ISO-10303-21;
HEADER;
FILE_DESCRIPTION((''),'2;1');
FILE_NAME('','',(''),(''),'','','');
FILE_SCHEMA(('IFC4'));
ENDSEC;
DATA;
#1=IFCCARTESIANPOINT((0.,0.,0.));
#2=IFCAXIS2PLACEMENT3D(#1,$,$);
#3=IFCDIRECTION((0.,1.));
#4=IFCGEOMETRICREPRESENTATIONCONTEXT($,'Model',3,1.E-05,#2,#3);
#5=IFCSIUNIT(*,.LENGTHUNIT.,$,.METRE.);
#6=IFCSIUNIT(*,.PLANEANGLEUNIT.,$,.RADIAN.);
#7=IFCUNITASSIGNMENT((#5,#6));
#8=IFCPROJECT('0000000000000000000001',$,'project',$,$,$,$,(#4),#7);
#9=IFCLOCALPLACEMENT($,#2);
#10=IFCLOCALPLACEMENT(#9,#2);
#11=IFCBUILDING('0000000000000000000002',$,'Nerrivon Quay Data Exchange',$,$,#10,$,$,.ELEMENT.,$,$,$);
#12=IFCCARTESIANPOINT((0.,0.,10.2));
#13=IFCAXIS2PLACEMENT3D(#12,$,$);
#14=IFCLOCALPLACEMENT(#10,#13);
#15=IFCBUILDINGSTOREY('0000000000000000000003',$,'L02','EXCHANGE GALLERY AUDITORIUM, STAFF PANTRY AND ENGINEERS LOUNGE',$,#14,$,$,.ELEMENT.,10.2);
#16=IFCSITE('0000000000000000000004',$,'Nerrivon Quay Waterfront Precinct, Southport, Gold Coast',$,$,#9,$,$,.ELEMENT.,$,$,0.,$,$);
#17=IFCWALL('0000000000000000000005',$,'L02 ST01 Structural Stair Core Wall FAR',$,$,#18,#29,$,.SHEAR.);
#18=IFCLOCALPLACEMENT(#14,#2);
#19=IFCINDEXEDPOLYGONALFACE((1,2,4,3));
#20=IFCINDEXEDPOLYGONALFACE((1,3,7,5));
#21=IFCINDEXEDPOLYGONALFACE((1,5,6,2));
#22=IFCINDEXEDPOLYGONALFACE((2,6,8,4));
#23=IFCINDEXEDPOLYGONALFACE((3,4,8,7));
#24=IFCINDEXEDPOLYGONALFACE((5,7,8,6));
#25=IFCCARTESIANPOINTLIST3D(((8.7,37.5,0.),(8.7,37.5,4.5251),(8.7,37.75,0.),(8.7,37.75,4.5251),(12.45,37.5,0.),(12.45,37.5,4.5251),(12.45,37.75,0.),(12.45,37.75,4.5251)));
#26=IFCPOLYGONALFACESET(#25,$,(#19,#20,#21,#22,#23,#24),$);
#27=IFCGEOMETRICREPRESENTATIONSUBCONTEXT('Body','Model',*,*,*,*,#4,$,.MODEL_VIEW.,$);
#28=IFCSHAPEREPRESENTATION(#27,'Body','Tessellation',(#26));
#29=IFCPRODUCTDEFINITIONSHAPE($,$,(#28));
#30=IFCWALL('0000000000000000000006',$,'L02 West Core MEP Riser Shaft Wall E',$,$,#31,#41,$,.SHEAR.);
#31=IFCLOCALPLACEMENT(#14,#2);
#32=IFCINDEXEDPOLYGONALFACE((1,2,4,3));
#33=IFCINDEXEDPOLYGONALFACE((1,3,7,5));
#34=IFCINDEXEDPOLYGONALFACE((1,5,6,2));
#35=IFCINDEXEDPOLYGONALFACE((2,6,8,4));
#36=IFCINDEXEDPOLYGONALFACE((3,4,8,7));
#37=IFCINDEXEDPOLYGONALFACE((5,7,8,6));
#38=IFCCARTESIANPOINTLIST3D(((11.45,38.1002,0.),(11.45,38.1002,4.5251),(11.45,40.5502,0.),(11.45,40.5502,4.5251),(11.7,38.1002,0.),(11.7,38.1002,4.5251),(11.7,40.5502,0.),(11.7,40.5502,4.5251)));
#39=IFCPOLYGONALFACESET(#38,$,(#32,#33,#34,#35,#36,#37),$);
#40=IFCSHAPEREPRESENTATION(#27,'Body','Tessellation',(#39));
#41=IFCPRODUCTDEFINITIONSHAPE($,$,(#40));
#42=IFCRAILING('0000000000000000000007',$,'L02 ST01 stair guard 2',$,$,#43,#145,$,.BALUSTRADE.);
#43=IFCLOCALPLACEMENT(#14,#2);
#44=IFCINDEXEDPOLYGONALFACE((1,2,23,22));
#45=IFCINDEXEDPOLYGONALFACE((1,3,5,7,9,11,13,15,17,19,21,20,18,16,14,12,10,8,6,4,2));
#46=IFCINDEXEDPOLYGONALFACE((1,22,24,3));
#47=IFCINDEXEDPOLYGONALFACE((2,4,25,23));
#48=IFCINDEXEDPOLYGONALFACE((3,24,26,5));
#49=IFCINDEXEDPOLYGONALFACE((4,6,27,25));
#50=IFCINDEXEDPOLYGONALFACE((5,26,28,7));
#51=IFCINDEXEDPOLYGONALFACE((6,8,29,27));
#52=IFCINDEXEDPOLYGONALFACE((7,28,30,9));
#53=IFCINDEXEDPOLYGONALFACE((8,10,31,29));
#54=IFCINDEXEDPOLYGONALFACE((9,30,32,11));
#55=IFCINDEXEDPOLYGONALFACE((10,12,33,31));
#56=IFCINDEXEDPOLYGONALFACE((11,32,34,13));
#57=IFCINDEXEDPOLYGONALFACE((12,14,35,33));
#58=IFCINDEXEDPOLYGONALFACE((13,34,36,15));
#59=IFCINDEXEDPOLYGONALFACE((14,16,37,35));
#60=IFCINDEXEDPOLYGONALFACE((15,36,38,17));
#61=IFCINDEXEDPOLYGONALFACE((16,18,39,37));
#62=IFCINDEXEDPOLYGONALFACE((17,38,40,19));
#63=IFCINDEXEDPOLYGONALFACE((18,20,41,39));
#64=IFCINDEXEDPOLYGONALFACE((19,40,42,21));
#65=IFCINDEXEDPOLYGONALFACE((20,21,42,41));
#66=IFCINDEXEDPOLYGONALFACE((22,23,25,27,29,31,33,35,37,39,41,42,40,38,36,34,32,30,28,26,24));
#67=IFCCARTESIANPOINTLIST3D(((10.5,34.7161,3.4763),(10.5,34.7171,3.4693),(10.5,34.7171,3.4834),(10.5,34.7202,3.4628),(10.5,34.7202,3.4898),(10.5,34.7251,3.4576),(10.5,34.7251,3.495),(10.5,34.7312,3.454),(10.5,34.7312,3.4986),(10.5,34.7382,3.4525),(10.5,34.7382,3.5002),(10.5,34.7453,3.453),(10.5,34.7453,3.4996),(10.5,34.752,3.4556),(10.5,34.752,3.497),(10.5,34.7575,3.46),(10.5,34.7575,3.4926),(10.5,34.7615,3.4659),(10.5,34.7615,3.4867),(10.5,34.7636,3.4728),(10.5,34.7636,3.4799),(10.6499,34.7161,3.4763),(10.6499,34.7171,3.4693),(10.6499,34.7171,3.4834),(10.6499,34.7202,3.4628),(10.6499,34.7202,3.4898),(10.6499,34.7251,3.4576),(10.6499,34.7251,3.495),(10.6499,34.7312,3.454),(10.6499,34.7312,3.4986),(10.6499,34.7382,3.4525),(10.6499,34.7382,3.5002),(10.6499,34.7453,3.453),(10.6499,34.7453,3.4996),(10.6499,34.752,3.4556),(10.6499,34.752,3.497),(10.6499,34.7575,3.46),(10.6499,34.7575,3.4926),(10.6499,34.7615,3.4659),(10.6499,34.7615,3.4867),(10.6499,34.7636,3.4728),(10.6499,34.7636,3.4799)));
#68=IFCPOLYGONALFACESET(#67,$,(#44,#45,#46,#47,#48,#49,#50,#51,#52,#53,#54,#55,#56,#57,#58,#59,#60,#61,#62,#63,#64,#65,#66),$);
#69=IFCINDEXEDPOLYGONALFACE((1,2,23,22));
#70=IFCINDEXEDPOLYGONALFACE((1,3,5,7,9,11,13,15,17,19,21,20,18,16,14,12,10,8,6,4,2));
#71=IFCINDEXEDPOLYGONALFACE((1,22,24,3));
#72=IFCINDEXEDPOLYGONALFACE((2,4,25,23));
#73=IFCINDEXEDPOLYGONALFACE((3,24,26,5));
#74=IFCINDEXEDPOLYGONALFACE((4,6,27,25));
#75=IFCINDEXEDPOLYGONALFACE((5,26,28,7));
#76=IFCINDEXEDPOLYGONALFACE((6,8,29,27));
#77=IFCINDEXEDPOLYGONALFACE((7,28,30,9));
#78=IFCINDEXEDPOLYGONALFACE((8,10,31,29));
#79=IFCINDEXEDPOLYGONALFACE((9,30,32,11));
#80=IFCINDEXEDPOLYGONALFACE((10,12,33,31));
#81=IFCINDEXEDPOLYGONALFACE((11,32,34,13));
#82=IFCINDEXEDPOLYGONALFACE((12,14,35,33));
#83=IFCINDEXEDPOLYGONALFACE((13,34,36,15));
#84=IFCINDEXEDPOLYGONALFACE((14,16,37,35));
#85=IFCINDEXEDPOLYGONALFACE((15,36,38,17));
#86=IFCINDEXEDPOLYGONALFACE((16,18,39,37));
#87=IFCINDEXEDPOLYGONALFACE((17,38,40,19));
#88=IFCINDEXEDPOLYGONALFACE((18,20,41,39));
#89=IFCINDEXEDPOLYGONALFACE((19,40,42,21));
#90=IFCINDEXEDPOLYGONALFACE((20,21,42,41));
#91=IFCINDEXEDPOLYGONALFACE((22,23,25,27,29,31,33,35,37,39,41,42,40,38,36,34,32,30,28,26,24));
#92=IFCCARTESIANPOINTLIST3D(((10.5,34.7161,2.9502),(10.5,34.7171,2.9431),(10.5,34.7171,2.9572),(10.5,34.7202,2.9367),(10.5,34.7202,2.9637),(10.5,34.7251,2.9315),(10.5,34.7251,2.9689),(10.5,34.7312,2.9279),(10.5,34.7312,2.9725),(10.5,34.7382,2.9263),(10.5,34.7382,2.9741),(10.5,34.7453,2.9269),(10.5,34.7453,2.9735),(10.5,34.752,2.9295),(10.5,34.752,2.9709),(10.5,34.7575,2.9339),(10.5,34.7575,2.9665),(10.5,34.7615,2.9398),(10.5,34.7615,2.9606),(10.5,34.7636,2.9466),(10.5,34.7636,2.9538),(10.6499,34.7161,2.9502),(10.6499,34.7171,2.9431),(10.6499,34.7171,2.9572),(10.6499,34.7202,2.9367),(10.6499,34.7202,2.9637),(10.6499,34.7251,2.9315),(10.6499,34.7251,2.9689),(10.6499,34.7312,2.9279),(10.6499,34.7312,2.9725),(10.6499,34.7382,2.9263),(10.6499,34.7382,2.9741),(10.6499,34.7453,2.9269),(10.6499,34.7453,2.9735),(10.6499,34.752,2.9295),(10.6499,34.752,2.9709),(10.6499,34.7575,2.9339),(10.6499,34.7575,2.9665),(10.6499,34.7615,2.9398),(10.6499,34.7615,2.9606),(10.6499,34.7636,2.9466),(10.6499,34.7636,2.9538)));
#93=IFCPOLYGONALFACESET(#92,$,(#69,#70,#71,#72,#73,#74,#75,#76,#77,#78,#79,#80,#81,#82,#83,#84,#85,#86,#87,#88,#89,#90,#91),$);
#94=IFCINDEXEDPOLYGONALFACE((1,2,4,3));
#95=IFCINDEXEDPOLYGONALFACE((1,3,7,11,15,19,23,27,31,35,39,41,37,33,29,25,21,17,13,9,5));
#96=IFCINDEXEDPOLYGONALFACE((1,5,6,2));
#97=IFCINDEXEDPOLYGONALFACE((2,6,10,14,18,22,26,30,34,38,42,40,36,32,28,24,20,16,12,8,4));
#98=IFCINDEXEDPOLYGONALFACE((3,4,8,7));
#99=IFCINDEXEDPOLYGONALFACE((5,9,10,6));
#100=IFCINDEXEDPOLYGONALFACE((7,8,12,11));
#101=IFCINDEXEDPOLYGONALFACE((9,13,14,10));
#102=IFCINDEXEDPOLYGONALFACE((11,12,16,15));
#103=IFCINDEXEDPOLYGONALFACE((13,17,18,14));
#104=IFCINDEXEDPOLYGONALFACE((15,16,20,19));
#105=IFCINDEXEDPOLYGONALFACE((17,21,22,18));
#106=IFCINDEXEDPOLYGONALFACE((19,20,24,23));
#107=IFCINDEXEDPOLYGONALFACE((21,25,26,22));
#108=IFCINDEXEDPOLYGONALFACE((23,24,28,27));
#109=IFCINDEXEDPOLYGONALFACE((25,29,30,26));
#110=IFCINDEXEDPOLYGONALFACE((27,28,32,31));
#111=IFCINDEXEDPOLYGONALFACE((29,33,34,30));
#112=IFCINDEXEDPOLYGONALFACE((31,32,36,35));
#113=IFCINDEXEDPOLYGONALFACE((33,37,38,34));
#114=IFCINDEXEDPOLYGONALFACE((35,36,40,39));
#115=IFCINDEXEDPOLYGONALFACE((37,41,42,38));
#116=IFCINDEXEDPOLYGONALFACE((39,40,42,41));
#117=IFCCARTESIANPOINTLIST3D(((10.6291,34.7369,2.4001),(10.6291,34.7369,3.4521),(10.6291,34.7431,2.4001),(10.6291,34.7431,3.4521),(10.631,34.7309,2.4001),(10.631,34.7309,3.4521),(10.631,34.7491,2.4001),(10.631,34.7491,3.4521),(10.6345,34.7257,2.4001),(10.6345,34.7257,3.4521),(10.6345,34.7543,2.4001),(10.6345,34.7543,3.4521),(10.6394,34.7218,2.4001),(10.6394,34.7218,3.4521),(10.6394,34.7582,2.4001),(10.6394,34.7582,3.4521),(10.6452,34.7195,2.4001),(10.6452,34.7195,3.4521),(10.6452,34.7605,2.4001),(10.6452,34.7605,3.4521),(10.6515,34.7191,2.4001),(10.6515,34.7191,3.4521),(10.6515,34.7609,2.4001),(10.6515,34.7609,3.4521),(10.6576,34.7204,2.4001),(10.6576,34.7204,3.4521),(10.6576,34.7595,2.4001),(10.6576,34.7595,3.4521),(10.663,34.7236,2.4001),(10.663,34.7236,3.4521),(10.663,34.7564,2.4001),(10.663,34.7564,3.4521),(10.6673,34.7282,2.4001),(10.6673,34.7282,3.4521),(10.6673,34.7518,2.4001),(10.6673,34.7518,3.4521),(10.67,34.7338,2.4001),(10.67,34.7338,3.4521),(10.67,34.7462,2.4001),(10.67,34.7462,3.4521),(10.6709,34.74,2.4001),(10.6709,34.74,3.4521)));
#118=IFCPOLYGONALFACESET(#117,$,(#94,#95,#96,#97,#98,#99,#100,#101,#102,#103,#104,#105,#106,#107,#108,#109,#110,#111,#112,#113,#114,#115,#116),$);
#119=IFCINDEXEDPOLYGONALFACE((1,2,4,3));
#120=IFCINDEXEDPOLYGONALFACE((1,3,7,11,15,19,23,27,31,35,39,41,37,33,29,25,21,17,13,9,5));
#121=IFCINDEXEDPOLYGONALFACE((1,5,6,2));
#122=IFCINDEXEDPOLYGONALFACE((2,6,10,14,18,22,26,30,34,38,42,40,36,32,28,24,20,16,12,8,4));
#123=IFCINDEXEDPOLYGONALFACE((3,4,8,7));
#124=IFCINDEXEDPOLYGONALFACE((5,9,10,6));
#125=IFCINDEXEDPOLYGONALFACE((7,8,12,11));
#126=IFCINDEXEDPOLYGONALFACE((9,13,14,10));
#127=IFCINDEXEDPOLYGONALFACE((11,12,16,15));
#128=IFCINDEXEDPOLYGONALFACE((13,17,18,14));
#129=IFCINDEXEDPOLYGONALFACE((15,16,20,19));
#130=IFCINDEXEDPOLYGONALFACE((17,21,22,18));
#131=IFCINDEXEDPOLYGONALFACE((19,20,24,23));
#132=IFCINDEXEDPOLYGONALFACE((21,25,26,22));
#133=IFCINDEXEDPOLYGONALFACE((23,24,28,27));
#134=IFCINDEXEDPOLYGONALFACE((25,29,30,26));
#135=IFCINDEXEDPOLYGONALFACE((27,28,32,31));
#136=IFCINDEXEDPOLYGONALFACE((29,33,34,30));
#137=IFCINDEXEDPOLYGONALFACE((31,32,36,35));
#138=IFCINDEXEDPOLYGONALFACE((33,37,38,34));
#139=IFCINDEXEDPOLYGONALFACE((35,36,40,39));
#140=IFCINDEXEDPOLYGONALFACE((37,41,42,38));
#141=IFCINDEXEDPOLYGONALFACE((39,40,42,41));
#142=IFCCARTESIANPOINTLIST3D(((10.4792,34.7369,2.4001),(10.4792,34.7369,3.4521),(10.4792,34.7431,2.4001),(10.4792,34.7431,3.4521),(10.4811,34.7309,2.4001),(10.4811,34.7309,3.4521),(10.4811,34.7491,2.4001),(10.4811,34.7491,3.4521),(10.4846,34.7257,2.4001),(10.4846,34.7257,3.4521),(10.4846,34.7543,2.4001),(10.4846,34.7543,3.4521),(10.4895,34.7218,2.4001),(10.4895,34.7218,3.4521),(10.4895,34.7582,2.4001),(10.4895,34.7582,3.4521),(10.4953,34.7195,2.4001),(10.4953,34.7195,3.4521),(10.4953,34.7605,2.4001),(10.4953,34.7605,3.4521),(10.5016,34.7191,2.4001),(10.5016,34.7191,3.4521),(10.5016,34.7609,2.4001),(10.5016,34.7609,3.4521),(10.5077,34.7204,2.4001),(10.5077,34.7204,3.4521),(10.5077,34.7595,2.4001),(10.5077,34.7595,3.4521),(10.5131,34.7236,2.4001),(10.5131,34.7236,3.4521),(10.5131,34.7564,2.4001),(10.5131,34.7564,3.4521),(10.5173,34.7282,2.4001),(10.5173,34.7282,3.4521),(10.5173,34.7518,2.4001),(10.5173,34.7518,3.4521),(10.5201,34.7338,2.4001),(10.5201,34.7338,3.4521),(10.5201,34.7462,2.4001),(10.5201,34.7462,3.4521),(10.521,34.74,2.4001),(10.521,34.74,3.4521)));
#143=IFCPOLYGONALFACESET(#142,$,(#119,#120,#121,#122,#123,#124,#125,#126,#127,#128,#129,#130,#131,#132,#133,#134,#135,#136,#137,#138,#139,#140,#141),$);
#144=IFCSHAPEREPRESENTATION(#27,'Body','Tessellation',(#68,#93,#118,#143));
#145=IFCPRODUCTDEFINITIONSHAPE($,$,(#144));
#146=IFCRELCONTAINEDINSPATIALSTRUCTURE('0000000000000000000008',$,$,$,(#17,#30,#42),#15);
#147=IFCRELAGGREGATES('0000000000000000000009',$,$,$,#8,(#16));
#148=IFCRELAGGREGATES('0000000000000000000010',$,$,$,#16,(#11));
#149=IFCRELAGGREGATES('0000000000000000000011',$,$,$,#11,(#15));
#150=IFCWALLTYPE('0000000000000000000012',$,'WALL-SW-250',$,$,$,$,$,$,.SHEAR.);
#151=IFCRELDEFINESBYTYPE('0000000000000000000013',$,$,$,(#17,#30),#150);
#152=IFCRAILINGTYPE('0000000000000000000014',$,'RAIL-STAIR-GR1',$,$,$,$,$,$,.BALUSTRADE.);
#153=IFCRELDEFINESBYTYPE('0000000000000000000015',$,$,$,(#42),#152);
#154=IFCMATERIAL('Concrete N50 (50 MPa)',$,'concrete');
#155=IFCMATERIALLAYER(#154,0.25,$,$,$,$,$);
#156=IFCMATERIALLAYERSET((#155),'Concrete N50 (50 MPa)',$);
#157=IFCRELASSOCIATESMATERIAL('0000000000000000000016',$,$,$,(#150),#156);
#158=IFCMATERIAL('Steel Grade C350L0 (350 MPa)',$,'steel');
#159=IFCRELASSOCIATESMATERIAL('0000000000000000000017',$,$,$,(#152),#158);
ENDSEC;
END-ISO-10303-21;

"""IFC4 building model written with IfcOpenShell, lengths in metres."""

from ifc_helpers import new_model, si_unit, direction, frame, frame_2d, origin, origin_2d, place, context, subcontext, project, spatial, rectangle, circle, extrude, material, layer, layer_set, type_object, element, save


model = new_model("IFC4")

# Units and contexts
model_context = context("Model", 3, precision=1e-05, world=origin(), true_north=direction((0.0, 1.0)))
body_context = subcontext(model_context, "Body", "Model", "MODEL_VIEW")
ifc_project = project(units=[si_unit("LENGTHUNIT", "METRE"), si_unit("PLANEANGLEUNIT", "RADIAN")], contexts=[model_context])

# Site, building, storey
site_placement = place(None, origin())
site = spatial("IfcSite", under=ifc_project, at=site_placement, Name="Nerrivon Quay Waterfront Precinct, Southport, Gold Coast", CompositionType="ELEMENT", RefElevation=0.0)
building_placement = place(site_placement, origin())
building = spatial("IfcBuilding", under=site, at=building_placement, Name="Nerrivon Quay Data Exchange", CompositionType="ELEMENT")
storey_placement = place(building_placement, frame((0.0, 0.0, 10.2)))
storey = spatial("IfcBuildingStorey", under=building, at=storey_placement, Name="L02", Description="EXCHANGE GALLERY AUDITORIUM, STAFF PANTRY AND ENGINEERS LOUNGE", CompositionType="ELEMENT", Elevation=10.2)

# Walls
ifc_material_1 = material(Name="Concrete N50 (50 MPa)", Category="concrete")
ifc_layer_1 = layer(ifc_material_1, 0.25)
ifc_layer_set_1 = layer_set([ifc_layer_1], Name="Concrete N50 (50 MPa)")
wall_type_1 = type_object("IfcWallType", Name="WALL-SW-250", PredefinedType="SHEAR", material=ifc_layer_set_1)
wall_1_placement = place(storey_placement, frame((12.45, 37.625, 0.0), z_axis=(0.0, 0.0, 1.0), x_axis=(-1.0, 0.0, 0.0)))
element("IfcWall", 1, at=wall_1_placement, inside=storey, type_object=wall_type_1, Name="L02 ST01 Structural Stair Core Wall FAR", PredefinedType="SHEAR", context=body_context, shape_type="SweptSolid", body=[
    extrude(rectangle(XDim=3.75, YDim=0.25, at=frame_2d((1.875, 0.0))), origin(), (0.0, 0.0, 1.0), 4.5251),
])
wall_2_placement = place(storey_placement, frame((11.575, 38.1001, 0.0), z_axis=(0.0, 0.0, 1.0), x_axis=(0.0, 1.0, 0.0)))
element("IfcWall", 2, at=wall_2_placement, inside=storey, type_object=wall_type_1, Name="L02 West Core MEP Riser Shaft Wall E", PredefinedType="SHEAR", context=body_context, shape_type="SweptSolid", body=[
    extrude(rectangle(XDim=2.45, YDim=0.25, at=frame_2d((1.2251, 0.0))), origin(), (0.0, 0.0, 1.0), 4.5251),
])

# Railing
ifc_material_2 = material(Name="Steel Grade C350L0 (350 MPa)", Category="steel")
railing_type = type_object("IfcRailingType", Name="RAIL-STAIR-GR1", PredefinedType="BALUSTRADE", material=ifc_material_2)
railing_placement = place(storey_placement, frame((10.6499, 34.74, 2.4001)))
element("IfcRailing", 3, at=railing_placement, inside=storey, type_object=railing_type, Name="L02 ST01 stair guard 2", PredefinedType="BALUSTRADE", context=body_context, shape_type="SweptSolid", body=[
    extrude(circle(Radius=0.0239, at=origin_2d()), frame((0.0, 0.0, 1.0762), z_axis=(-1.0, 0.0, 0.0), x_axis=(0.0, -1.0, 0.0)), (0.0, 0.0, 1.0), 0.1499),
    extrude(circle(Radius=0.0239, at=origin_2d()), frame((0.0, 0.0, 0.55), z_axis=(-1.0, 0.0, 0.0), x_axis=(0.0, -1.0, 0.0)), (0.0, 0.0, 1.0), 0.1499),
    extrude(circle(Radius=0.021, at=origin_2d()), origin(), (0.0, 0.0, 1.0), 1.052),
    extrude(circle(Radius=0.021, at=origin_2d()), frame((-0.1499, 0.0, 0.0)), (0.0, 0.0, 1.0), 1.052),
])

save(model, "model.ifc")
